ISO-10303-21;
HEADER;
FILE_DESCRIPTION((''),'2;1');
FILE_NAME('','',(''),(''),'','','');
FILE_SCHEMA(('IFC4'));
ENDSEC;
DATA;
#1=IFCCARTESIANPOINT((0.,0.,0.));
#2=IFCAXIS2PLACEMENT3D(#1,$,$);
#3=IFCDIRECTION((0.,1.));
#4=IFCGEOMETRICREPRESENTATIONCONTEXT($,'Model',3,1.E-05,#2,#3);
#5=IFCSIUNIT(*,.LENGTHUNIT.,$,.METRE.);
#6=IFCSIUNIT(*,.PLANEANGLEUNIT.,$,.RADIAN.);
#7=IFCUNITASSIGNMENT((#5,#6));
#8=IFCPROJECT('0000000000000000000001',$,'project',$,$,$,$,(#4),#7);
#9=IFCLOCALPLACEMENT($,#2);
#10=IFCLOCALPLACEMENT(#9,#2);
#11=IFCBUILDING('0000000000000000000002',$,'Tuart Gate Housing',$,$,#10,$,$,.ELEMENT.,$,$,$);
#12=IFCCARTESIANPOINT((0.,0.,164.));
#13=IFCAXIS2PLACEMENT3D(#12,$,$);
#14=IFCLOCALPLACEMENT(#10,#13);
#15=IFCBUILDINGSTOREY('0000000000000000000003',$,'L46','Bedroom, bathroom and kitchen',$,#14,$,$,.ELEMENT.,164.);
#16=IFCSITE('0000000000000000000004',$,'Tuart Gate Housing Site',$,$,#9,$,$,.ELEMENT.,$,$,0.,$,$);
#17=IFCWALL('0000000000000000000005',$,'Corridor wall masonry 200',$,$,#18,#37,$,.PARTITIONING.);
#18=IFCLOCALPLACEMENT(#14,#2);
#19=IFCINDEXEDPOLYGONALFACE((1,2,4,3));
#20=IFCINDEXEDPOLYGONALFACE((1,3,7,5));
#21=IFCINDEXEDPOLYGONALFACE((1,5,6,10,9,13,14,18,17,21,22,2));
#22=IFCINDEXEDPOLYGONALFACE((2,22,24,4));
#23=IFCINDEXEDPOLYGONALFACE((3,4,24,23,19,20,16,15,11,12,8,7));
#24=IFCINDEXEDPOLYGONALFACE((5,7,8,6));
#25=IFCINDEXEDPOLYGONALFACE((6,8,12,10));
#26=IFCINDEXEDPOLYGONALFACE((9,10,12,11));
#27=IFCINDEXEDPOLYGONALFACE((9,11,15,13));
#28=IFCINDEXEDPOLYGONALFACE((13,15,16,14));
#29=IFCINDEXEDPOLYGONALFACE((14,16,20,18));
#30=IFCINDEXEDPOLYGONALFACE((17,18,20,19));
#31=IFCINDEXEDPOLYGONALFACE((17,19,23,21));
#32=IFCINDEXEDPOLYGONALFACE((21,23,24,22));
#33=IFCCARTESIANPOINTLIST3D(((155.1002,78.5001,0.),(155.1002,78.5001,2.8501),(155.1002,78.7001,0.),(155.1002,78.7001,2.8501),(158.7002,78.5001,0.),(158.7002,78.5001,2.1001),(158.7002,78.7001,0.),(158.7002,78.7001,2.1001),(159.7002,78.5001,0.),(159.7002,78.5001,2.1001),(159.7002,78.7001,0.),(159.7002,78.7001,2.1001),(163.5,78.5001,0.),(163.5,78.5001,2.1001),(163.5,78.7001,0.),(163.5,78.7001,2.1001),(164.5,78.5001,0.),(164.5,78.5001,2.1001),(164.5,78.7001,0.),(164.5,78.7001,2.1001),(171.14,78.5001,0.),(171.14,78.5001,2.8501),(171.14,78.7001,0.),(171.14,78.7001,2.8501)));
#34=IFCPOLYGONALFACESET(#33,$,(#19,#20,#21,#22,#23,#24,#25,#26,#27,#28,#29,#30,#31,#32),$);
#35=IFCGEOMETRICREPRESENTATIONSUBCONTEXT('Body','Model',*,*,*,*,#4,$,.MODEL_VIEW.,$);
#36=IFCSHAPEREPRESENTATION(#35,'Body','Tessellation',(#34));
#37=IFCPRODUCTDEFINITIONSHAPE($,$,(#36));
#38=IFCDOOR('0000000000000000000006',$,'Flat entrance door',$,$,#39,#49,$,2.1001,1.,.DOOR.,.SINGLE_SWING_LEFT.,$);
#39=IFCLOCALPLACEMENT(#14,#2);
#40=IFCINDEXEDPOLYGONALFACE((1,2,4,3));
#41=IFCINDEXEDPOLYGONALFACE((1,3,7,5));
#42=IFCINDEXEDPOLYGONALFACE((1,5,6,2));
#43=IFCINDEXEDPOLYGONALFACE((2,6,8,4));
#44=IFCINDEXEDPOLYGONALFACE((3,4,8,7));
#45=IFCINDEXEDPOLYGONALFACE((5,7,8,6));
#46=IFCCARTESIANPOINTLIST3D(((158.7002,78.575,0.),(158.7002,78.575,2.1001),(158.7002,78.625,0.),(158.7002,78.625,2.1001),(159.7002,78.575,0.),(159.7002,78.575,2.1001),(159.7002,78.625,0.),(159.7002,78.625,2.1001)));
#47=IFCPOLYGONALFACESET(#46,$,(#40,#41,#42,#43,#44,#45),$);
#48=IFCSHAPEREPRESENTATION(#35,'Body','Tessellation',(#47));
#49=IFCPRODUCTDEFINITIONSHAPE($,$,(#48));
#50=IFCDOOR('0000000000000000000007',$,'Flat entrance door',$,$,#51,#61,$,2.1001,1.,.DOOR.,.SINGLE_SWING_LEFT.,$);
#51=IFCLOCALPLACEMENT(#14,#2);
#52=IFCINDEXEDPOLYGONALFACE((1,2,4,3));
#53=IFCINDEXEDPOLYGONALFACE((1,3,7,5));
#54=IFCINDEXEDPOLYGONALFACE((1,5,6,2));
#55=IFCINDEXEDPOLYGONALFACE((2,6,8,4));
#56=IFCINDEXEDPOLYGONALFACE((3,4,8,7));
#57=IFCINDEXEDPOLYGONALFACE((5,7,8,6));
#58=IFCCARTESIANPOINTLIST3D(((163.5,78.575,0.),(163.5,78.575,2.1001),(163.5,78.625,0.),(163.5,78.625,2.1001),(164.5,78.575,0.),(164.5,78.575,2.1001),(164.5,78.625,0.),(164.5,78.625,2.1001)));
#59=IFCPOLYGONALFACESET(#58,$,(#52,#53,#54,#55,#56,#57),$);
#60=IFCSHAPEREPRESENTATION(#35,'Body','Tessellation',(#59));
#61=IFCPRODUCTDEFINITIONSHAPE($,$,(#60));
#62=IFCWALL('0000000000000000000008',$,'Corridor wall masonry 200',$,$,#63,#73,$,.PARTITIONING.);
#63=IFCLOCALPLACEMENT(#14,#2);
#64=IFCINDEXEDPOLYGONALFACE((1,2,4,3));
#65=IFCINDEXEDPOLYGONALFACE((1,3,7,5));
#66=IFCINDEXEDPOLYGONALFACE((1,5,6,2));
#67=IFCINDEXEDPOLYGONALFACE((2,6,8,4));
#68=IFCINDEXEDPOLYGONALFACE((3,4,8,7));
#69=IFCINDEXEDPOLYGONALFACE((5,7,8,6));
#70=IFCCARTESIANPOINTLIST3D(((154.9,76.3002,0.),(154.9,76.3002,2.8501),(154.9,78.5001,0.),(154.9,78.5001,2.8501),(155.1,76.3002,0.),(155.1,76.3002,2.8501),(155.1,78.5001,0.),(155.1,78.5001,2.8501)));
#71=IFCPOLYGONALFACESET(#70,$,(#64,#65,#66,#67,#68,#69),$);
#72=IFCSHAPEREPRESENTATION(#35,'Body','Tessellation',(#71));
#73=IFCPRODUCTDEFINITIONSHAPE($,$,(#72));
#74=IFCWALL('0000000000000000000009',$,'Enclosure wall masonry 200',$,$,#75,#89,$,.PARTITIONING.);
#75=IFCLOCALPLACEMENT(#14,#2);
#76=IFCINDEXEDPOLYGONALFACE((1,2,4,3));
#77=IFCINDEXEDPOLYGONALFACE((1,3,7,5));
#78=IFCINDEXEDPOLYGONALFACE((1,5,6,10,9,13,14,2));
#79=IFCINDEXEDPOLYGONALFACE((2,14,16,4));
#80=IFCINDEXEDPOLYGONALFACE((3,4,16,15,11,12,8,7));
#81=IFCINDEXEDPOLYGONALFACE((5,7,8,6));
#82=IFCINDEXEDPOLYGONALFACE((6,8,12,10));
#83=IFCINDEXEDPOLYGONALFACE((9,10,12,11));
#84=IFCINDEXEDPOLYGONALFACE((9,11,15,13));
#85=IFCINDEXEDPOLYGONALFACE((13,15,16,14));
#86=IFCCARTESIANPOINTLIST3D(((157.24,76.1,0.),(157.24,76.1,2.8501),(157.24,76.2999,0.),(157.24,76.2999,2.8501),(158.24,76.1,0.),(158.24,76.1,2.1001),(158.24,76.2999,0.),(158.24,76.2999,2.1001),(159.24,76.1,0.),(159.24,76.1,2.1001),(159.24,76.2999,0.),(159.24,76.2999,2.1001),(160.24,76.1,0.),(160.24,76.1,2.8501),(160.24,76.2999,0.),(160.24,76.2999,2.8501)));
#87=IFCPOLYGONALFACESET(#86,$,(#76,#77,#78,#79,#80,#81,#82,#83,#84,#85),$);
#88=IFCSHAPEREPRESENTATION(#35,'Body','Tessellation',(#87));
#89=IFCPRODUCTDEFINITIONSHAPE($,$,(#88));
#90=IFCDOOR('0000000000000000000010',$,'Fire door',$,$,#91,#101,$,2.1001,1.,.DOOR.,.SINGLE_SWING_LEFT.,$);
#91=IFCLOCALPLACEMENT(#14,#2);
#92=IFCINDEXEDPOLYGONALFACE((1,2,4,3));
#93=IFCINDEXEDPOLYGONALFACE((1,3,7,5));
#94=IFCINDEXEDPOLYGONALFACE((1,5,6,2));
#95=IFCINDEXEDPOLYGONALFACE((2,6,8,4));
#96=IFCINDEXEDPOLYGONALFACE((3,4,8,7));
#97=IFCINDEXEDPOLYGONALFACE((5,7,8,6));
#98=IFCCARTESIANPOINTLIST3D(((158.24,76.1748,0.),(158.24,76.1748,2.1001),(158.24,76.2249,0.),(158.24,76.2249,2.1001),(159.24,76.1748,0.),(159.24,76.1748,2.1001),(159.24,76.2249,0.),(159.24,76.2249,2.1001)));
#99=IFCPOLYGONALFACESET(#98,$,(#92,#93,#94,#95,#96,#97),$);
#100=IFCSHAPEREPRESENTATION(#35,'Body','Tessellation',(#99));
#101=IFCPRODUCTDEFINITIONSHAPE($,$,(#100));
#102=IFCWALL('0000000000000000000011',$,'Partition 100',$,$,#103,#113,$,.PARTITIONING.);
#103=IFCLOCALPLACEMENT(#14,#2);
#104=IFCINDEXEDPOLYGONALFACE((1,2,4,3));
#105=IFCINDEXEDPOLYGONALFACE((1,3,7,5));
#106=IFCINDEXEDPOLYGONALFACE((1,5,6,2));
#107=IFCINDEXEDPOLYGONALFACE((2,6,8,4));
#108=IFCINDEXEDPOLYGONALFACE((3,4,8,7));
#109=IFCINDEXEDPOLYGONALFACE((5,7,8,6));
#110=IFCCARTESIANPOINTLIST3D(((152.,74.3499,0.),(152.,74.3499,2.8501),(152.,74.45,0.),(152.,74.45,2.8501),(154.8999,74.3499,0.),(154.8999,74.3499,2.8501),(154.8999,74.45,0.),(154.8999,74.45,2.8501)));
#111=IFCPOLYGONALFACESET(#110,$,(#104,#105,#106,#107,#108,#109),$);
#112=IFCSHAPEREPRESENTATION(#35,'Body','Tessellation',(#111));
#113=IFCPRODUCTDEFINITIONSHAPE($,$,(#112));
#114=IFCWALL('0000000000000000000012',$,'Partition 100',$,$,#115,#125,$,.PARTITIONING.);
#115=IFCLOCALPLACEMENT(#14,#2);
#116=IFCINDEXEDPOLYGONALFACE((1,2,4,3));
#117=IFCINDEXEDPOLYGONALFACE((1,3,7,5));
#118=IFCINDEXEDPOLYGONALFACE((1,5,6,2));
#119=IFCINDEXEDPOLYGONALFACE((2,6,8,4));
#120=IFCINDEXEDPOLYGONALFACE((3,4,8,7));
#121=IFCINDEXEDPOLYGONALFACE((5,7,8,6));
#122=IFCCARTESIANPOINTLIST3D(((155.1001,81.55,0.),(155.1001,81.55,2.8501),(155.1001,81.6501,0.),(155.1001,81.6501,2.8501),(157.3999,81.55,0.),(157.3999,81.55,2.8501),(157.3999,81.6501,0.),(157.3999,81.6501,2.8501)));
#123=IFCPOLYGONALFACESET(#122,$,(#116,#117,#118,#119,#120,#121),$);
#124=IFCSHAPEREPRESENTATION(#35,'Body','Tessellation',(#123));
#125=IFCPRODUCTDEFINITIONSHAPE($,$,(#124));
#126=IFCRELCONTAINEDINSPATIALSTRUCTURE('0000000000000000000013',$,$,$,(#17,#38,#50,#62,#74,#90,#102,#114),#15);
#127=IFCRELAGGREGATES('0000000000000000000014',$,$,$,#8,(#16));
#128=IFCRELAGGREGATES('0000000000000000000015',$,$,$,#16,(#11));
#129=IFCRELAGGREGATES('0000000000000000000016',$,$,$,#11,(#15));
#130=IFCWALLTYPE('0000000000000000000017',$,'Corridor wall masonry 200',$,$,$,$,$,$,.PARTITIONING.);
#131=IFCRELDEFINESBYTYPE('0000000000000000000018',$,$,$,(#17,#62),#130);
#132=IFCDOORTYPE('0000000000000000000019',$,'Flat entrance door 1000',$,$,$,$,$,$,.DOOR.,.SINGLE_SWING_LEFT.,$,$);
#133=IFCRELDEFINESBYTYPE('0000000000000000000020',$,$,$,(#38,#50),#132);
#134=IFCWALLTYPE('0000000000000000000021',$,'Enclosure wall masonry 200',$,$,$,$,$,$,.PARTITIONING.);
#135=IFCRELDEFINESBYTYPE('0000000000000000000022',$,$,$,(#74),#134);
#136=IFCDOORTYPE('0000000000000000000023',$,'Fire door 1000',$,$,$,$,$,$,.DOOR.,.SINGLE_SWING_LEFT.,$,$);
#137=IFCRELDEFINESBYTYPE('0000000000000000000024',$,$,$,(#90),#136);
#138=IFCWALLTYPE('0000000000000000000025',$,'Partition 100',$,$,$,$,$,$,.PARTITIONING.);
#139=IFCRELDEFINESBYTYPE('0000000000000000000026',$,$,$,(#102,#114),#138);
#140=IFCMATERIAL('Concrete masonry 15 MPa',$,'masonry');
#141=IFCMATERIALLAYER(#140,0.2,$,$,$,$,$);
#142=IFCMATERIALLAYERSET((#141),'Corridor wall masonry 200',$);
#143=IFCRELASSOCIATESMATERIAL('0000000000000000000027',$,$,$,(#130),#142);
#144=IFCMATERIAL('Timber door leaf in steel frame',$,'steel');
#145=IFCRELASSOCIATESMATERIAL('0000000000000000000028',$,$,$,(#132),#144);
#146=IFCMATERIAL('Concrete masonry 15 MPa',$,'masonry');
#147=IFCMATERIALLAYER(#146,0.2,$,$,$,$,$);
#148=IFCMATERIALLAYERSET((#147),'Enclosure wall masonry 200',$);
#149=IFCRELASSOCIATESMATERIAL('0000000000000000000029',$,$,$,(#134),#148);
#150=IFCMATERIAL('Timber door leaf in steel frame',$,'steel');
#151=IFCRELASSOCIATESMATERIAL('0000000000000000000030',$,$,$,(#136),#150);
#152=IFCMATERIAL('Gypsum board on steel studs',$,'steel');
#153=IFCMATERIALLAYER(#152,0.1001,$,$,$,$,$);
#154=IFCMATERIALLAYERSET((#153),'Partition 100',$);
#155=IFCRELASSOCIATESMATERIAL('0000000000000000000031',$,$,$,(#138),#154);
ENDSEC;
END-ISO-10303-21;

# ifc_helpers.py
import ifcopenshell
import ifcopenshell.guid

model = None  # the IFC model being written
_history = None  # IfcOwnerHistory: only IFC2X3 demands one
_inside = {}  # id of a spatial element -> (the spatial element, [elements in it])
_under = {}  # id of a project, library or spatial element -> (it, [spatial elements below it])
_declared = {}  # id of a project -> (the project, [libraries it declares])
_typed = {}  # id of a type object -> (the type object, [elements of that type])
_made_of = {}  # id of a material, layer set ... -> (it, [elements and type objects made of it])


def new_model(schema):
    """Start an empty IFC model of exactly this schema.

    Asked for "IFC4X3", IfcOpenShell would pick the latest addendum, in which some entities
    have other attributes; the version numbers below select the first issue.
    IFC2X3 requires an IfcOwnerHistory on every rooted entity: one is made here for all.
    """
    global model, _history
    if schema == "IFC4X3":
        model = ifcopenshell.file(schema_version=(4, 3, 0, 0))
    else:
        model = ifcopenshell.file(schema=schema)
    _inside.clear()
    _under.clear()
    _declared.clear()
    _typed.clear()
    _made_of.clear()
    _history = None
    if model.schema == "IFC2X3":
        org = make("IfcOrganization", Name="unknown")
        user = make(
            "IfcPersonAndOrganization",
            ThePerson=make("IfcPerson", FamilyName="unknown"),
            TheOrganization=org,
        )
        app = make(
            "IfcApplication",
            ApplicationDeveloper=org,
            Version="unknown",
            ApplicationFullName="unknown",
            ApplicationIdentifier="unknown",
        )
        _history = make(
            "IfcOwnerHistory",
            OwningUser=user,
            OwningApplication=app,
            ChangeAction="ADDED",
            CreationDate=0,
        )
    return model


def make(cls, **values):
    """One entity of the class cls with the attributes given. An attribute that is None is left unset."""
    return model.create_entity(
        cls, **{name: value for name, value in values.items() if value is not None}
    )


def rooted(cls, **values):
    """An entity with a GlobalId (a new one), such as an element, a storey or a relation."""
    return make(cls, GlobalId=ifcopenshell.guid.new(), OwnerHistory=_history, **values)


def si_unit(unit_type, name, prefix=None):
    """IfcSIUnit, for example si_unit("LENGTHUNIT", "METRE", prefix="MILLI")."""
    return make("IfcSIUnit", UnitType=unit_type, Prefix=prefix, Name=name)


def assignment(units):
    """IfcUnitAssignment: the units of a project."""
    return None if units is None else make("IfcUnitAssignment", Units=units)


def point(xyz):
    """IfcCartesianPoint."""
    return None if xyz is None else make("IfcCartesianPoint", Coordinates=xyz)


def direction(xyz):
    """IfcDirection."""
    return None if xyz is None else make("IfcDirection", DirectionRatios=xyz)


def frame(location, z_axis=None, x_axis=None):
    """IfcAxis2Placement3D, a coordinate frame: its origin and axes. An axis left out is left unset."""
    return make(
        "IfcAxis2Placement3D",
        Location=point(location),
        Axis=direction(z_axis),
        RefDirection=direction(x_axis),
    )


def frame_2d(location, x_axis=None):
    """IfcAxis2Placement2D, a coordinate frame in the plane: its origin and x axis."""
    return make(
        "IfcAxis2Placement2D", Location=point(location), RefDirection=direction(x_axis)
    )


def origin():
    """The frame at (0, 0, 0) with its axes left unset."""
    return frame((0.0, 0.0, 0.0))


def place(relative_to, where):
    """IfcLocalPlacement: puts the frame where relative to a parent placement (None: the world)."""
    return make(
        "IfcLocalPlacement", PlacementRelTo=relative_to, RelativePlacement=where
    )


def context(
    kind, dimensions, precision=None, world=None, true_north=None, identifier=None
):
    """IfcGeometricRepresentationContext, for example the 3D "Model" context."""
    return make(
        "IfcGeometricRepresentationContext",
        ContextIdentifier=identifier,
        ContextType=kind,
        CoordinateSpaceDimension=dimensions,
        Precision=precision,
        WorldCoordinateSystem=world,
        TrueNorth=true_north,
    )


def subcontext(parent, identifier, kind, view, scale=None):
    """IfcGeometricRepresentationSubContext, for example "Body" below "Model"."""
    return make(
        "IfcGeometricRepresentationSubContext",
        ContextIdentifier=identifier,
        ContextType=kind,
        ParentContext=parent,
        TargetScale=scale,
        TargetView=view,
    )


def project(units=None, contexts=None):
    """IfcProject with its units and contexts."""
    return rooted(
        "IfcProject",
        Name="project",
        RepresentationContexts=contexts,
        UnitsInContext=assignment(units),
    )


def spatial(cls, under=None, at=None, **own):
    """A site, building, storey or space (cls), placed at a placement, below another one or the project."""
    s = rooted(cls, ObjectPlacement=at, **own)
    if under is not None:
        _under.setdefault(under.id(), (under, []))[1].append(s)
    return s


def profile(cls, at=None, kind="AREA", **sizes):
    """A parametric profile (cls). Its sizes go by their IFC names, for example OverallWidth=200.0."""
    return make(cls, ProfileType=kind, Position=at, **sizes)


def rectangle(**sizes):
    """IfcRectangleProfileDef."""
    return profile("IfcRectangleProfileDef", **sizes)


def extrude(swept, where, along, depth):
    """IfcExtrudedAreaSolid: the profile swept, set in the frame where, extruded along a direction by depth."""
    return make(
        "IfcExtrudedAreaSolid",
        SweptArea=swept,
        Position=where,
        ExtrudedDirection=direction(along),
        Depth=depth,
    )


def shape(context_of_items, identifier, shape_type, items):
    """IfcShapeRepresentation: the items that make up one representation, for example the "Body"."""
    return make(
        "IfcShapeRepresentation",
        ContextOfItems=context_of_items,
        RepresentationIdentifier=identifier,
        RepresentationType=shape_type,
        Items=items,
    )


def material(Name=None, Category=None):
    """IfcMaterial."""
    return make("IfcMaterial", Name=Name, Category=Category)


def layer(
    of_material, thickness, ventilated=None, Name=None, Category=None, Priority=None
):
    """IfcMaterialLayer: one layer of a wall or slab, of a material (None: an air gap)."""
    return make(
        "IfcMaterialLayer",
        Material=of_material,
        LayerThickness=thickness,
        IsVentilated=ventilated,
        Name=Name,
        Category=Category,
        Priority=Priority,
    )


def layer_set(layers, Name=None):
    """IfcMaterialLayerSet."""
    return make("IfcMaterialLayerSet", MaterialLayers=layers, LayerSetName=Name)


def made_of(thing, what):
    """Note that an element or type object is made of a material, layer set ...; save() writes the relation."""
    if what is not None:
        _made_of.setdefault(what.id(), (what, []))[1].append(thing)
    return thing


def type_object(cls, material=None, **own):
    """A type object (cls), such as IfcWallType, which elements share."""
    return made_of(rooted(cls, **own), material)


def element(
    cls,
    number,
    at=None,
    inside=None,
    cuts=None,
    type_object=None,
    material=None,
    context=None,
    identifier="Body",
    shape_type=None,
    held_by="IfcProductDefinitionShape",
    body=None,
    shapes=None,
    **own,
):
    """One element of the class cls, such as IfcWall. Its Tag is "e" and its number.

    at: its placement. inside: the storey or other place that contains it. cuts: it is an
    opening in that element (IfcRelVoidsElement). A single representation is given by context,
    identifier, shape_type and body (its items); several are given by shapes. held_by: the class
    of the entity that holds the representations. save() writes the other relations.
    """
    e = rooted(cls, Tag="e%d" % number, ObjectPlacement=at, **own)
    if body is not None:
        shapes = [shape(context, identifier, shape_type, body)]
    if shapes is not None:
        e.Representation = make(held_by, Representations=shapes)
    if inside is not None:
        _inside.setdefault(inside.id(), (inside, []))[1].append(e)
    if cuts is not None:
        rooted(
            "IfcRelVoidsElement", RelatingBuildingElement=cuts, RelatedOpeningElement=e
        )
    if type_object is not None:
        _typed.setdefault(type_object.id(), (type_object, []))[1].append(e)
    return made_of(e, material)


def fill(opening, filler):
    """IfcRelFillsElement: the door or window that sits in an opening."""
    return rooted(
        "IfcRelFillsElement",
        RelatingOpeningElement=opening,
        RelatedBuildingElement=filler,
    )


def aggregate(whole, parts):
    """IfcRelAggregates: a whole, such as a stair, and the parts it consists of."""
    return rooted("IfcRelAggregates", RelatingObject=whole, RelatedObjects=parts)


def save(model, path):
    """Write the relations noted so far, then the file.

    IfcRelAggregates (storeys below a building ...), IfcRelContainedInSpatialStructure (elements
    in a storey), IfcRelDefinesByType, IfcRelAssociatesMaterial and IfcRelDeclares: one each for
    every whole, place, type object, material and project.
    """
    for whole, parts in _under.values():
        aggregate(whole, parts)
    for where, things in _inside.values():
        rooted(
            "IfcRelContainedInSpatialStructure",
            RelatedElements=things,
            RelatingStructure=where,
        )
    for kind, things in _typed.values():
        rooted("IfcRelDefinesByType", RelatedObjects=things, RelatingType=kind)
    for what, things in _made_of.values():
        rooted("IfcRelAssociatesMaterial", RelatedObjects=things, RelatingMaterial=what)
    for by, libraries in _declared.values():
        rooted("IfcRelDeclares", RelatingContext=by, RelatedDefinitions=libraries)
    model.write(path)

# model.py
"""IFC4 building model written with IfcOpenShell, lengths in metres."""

from ifc_helpers import new_model, si_unit, direction, frame, frame_2d, origin, place, context, subcontext, project, spatial, rectangle, extrude, material, layer, layer_set, type_object, element, fill, save


model = new_model("IFC4")

# Units and contexts
model_context = context("Model", 3, precision=1e-05, world=origin(), true_north=direction((0.0, 1.0)))
body_context = subcontext(model_context, "Body", "Model", "MODEL_VIEW")
ifc_project = project(units=[si_unit("LENGTHUNIT", "METRE"), si_unit("PLANEANGLEUNIT", "RADIAN")], contexts=[model_context])

# Site, building, storey
site_placement = place(None, origin())
site = spatial("IfcSite", under=ifc_project, at=site_placement, Name="Tuart Gate Housing Site", CompositionType="ELEMENT", RefElevation=0.0)
building_placement = place(site_placement, origin())
building = spatial("IfcBuilding", under=site, at=building_placement, Name="Tuart Gate Housing", CompositionType="ELEMENT")
storey_placement = place(building_placement, frame((0.0, 0.0, 164.0)))
storey = spatial("IfcBuildingStorey", under=building, at=storey_placement, Name="L46", Description="Bedroom, bathroom and kitchen", CompositionType="ELEMENT", Elevation=164.0)

# Shared definitions
ifc_material_1 = material(Name="Concrete masonry 15 MPa", Category="masonry")
ifc_layer_1 = layer(ifc_material_1, 0.2)
ifc_layer_set_1 = layer_set([ifc_layer_1], Name="Corridor wall masonry 200")
wall_type_1 = type_object("IfcWallType", Name="Corridor wall masonry 200", PredefinedType="PARTITIONING", material=ifc_layer_set_1)

# Wall, openings, doors
wall_1_placement = place(storey_placement, frame((155.1001, 78.6001, 0.0), z_axis=(0.0, 0.0, 1.0), x_axis=(1.0, 0.0, 0.0)))
wall_1 = element("IfcWall", 1, at=wall_1_placement, inside=storey, type_object=wall_type_1, Name="Corridor wall masonry 200", PredefinedType="PARTITIONING", context=body_context, shape_type="SweptSolid", body=[
    extrude(rectangle(XDim=16.0398, YDim=0.2, at=frame_2d((8.02, 0.0))), origin(), (0.0, 0.0, 1.0), 2.8501),
])
opening_1_placement = place(wall_1_placement, frame((3.6001, 0.0, 0.0)))
opening_1 = element("IfcOpeningElement", 2, at=opening_1_placement, cuts=wall_1, PredefinedType="OPENING", context=body_context, shape_type="SweptSolid", body=[
    extrude(rectangle(XDim=1.0, YDim=2.1001, at=frame_2d((0.5, 1.05))), frame((0.0, 0.1099, 0.0), z_axis=(0.0, -1.0, 0.0), x_axis=(1.0, 0.0, 0.0)), (0.0, 0.0, 1.0), 0.22),
])
opening_2_placement = place(wall_1_placement, frame((8.3999, 0.0, 0.0)))
opening_2 = element("IfcOpeningElement", 3, at=opening_2_placement, cuts=wall_1, PredefinedType="OPENING", context=body_context, shape_type="SweptSolid", body=[
    extrude(rectangle(XDim=1.0, YDim=2.1001, at=frame_2d((0.5, 1.05))), frame((0.0, 0.1099, 0.0), z_axis=(0.0, -1.0, 0.0), x_axis=(1.0, 0.0, 0.0)), (0.0, 0.0, 1.0), 0.22),
])
ifc_material_2 = material(Name="Timber door leaf in steel frame", Category="steel")
door_type_1 = type_object("IfcDoorType", Name="Flat entrance door 1000", OperationType="SINGLE_SWING_LEFT", PredefinedType="DOOR", material=ifc_material_2)
door_1_placement = place(opening_1_placement, origin())
door_1 = element("IfcDoor", 4, at=door_1_placement, inside=storey, type_object=door_type_1, Name="Flat entrance door", OperationType="SINGLE_SWING_LEFT", OverallHeight=2.1001, OverallWidth=1.0, PredefinedType="DOOR", context=body_context, shape_type="SweptSolid", body=[
    extrude(rectangle(XDim=1.0, YDim=2.1001, at=frame_2d((0.5, 1.05))), frame((0.0, 0.0249, 0.0), z_axis=(0.0, -1.0, 0.0), x_axis=(1.0, 0.0, 0.0)), (0.0, 0.0, 1.0), 0.05),
])
fill(opening_1, door_1)
door_2_placement = place(opening_2_placement, origin())
door_2 = element("IfcDoor", 5, at=door_2_placement, inside=storey, type_object=door_type_1, Name="Flat entrance door", OperationType="SINGLE_SWING_LEFT", OverallHeight=2.1001, OverallWidth=1.0, PredefinedType="DOOR", context=body_context, shape_type="SweptSolid", body=[
    extrude(rectangle(XDim=1.0, YDim=2.1001, at=frame_2d((0.5, 1.05))), frame((0.0, 0.0249, 0.0), z_axis=(0.0, -1.0, 0.0), x_axis=(1.0, 0.0, 0.0)), (0.0, 0.0, 1.0), 0.05),
])
fill(opening_2, door_2)

# Wall
wall_2_placement = place(storey_placement, frame((155.0, 76.3, 0.0), z_axis=(0.0, 0.0, 1.0), x_axis=(0.0, 1.0, 0.0)))
element("IfcWall", 6, at=wall_2_placement, inside=storey, type_object=wall_type_1, Name="Corridor wall masonry 200", PredefinedType="PARTITIONING", context=body_context, shape_type="SweptSolid", body=[
    extrude(rectangle(XDim=2.2, YDim=0.2, at=frame_2d((1.1001, 0.0))), origin(), (0.0, 0.0, 1.0), 2.8501),
])

# Wall, opening, door
ifc_material_3 = material(Name="Concrete masonry 15 MPa", Category="masonry")
ifc_layer_2 = layer(ifc_material_3, 0.2)
ifc_layer_set_2 = layer_set([ifc_layer_2], Name="Enclosure wall masonry 200")
wall_type_2 = type_object("IfcWallType", Name="Enclosure wall masonry 200", PredefinedType="PARTITIONING", material=ifc_layer_set_2)
wall_3_placement = place(storey_placement, frame((157.24, 76.2, 0.0), z_axis=(0.0, 0.0, 1.0), x_axis=(1.0, 0.0, 0.0)))
wall_3 = element("IfcWall", 7, at=wall_3_placement, inside=storey, type_object=wall_type_2, Name="Enclosure wall masonry 200", PredefinedType="PARTITIONING", context=body_context, shape_type="SweptSolid", body=[
    extrude(rectangle(XDim=3.0, YDim=0.2, at=frame_2d((1.5, 0.0))), origin(), (0.0, 0.0, 1.0), 2.8501),
])
opening_3_placement = place(wall_3_placement, frame((1.0, 0.0, 0.0)))
opening_3 = element("IfcOpeningElement", 8, at=opening_3_placement, cuts=wall_3, PredefinedType="OPENING", context=body_context, shape_type="SweptSolid", body=[
    extrude(rectangle(XDim=1.0, YDim=2.1001, at=frame_2d((0.5, 1.05))), frame((0.0, 0.1099, 0.0), z_axis=(0.0, -1.0, 0.0), x_axis=(1.0, 0.0, 0.0)), (0.0, 0.0, 1.0), 0.22),
])
ifc_material_4 = material(Name="Timber door leaf in steel frame", Category="steel")
door_type_2 = type_object("IfcDoorType", Name="Fire door 1000", OperationType="SINGLE_SWING_LEFT", PredefinedType="DOOR", material=ifc_material_4)
door_3_placement = place(opening_3_placement, origin())
door_3 = element("IfcDoor", 9, at=door_3_placement, inside=storey, type_object=door_type_2, Name="Fire door", OperationType="SINGLE_SWING_LEFT", OverallHeight=2.1001, OverallWidth=1.0, PredefinedType="DOOR", context=body_context, shape_type="SweptSolid", body=[
    extrude(rectangle(XDim=1.0, YDim=2.1001, at=frame_2d((0.5, 1.05))), frame((0.0, 0.0249, 0.0), z_axis=(0.0, -1.0, 0.0), x_axis=(1.0, 0.0, 0.0)), (0.0, 0.0, 1.0), 0.05),
])
fill(opening_3, door_3)

# Walls
ifc_material_5 = material(Name="Gypsum board on steel studs", Category="steel")
ifc_layer_3 = layer(ifc_material_5, 0.1001)
ifc_layer_set_3 = layer_set([ifc_layer_3], Name="Partition 100")
wall_type_3 = type_object("IfcWallType", Name="Partition 100", PredefinedType="PARTITIONING", material=ifc_layer_set_3)
wall_4_placement = place(storey_placement, frame((152.0, 74.3999, 0.0), z_axis=(0.0, 0.0, 1.0), x_axis=(1.0, 0.0, 0.0)))
element("IfcWall", 10, at=wall_4_placement, inside=storey, type_object=wall_type_3, Name="Partition 100", PredefinedType="PARTITIONING", context=body_context, shape_type="SweptSolid", body=[
    extrude(rectangle(XDim=2.8999, YDim=0.1001, at=frame_2d((1.45, 0.0))), origin(), (0.0, 0.0, 1.0), 2.8501),
])
wall_5_placement = place(storey_placement, frame((155.1001, 81.6001, 0.0), z_axis=(0.0, 0.0, 1.0), x_axis=(1.0, 0.0, 0.0)))
element("IfcWall", 11, at=wall_5_placement, inside=storey, type_object=wall_type_3, Name="Partition 100", PredefinedType="PARTITIONING", context=body_context, shape_type="SweptSolid", body=[
    extrude(rectangle(XDim=2.2998, YDim=0.1001, at=frame_2d((1.1499, 0.0))), origin(), (0.0, 0.0, 1.0), 2.8501),
])

save(model, "model.ifc")
